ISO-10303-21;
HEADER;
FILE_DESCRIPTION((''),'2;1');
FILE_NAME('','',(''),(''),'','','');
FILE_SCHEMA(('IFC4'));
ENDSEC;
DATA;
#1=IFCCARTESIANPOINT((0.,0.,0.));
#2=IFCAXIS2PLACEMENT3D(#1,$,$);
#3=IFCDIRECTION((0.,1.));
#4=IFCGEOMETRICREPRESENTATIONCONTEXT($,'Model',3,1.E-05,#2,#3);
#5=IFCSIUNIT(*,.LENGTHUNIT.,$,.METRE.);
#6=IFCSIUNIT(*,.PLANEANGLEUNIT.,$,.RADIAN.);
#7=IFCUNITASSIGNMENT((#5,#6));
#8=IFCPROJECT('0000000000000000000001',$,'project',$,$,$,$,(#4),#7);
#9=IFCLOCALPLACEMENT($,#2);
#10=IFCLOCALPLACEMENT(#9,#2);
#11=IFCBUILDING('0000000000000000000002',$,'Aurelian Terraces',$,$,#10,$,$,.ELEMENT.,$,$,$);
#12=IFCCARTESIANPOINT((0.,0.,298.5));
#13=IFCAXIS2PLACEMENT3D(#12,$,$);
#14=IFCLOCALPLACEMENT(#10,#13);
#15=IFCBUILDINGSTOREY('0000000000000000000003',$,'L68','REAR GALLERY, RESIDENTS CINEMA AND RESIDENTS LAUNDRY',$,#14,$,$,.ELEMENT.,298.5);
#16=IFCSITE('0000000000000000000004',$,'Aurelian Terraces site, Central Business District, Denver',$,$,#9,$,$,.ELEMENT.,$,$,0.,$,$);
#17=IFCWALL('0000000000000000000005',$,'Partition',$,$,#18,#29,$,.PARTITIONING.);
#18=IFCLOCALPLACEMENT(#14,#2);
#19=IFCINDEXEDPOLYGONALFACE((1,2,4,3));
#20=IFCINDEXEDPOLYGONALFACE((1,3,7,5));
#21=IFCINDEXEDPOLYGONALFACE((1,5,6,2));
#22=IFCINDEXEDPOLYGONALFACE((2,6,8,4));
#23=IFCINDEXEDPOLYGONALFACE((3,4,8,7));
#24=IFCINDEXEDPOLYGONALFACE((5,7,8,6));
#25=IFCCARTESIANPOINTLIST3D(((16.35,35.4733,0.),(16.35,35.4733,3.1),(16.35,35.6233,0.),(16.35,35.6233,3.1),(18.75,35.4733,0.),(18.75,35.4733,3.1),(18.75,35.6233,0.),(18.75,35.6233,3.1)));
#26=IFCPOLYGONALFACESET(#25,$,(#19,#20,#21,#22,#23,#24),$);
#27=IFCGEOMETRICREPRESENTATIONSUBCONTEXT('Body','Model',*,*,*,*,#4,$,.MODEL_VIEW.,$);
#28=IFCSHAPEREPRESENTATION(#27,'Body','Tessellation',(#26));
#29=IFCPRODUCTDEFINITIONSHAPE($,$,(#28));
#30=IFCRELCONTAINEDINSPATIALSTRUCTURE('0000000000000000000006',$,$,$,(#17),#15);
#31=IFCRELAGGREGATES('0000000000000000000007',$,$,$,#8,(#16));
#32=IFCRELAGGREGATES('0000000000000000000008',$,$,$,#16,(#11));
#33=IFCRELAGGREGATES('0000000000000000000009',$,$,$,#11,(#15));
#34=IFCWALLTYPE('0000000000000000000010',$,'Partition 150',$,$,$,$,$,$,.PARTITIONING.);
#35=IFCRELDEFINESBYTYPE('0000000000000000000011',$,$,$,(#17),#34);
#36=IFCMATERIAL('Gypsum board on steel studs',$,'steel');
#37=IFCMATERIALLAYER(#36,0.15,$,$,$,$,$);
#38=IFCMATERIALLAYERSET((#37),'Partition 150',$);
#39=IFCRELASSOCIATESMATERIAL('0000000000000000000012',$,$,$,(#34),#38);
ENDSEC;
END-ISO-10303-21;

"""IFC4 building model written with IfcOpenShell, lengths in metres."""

from ifc_helpers import new_model, si_unit, direction, frame, frame_2d, origin, place, context, subcontext, project, spatial, rectangle, extrude, source, transform, mapped, material, layer, layer_set, type_object, element, save


model = new_model("IFC4")

# Units and contexts
model_context = context("Model", 3, precision=1e-05, world=origin(), true_north=direction((0.0, 1.0)))
body_context = subcontext(model_context, "Body", "Model", "MODEL_VIEW")
ifc_project = project(units=[si_unit("LENGTHUNIT", "METRE"), si_unit("PLANEANGLEUNIT", "RADIAN")], contexts=[model_context])

# Site, building, storey
site_placement = place(None, origin())
site = spatial("IfcSite", under=ifc_project, at=site_placement, Name="Aurelian Terraces site, Central Business District, Denver", CompositionType="ELEMENT", RefElevation=0.0)
building_placement = place(site_placement, origin())
building = spatial("IfcBuilding", under=site, at=building_placement, Name="Aurelian Terraces", CompositionType="ELEMENT")
storey_placement = place(building_placement, frame((0.0, 0.0, 298.5)))
storey = spatial("IfcBuildingStorey", under=building, at=storey_placement, Name="L68", Description="REAR GALLERY, RESIDENTS CINEMA AND RESIDENTS LAUNDRY", CompositionType="ELEMENT", Elevation=298.5)

# Shared definitions
ifc_material_1 = material(Name="Gypsum board on steel studs", Category="steel")
ifc_layer_1 = layer(ifc_material_1, 0.15)
ifc_layer_set_1 = layer_set([ifc_layer_1], Name="Partition 150")
wall_type_1 = type_object("IfcWallType", Name="Partition 150", PredefinedType="PARTITIONING", material=ifc_layer_set_1)

# Wall
shared_shape_1 = source(origin(), body_context, "Body", "SweptSolid", [
    extrude(rectangle(XDim=2.4, YDim=0.15, at=frame_2d((1.2, 0.0))), origin(), (0.0, 0.0, 1.0), 3.1),
])
wall_1_placement = place(storey_placement, frame((18.75, 35.5483, 0.0), z_axis=(0.0, 0.0, 1.0), x_axis=(-1.0, 0.0, 0.0)))
element("IfcWall", 1, at=wall_1_placement, inside=storey, type_object=wall_type_1, Name="Partition", PredefinedType="PARTITIONING", context=body_context, shape_type="MappedRepresentation", body=[
    mapped(shared_shape_1, transform((0.0, 0.0, 0.0), scale=1.0)),
])

save(model, "model.ifc")
